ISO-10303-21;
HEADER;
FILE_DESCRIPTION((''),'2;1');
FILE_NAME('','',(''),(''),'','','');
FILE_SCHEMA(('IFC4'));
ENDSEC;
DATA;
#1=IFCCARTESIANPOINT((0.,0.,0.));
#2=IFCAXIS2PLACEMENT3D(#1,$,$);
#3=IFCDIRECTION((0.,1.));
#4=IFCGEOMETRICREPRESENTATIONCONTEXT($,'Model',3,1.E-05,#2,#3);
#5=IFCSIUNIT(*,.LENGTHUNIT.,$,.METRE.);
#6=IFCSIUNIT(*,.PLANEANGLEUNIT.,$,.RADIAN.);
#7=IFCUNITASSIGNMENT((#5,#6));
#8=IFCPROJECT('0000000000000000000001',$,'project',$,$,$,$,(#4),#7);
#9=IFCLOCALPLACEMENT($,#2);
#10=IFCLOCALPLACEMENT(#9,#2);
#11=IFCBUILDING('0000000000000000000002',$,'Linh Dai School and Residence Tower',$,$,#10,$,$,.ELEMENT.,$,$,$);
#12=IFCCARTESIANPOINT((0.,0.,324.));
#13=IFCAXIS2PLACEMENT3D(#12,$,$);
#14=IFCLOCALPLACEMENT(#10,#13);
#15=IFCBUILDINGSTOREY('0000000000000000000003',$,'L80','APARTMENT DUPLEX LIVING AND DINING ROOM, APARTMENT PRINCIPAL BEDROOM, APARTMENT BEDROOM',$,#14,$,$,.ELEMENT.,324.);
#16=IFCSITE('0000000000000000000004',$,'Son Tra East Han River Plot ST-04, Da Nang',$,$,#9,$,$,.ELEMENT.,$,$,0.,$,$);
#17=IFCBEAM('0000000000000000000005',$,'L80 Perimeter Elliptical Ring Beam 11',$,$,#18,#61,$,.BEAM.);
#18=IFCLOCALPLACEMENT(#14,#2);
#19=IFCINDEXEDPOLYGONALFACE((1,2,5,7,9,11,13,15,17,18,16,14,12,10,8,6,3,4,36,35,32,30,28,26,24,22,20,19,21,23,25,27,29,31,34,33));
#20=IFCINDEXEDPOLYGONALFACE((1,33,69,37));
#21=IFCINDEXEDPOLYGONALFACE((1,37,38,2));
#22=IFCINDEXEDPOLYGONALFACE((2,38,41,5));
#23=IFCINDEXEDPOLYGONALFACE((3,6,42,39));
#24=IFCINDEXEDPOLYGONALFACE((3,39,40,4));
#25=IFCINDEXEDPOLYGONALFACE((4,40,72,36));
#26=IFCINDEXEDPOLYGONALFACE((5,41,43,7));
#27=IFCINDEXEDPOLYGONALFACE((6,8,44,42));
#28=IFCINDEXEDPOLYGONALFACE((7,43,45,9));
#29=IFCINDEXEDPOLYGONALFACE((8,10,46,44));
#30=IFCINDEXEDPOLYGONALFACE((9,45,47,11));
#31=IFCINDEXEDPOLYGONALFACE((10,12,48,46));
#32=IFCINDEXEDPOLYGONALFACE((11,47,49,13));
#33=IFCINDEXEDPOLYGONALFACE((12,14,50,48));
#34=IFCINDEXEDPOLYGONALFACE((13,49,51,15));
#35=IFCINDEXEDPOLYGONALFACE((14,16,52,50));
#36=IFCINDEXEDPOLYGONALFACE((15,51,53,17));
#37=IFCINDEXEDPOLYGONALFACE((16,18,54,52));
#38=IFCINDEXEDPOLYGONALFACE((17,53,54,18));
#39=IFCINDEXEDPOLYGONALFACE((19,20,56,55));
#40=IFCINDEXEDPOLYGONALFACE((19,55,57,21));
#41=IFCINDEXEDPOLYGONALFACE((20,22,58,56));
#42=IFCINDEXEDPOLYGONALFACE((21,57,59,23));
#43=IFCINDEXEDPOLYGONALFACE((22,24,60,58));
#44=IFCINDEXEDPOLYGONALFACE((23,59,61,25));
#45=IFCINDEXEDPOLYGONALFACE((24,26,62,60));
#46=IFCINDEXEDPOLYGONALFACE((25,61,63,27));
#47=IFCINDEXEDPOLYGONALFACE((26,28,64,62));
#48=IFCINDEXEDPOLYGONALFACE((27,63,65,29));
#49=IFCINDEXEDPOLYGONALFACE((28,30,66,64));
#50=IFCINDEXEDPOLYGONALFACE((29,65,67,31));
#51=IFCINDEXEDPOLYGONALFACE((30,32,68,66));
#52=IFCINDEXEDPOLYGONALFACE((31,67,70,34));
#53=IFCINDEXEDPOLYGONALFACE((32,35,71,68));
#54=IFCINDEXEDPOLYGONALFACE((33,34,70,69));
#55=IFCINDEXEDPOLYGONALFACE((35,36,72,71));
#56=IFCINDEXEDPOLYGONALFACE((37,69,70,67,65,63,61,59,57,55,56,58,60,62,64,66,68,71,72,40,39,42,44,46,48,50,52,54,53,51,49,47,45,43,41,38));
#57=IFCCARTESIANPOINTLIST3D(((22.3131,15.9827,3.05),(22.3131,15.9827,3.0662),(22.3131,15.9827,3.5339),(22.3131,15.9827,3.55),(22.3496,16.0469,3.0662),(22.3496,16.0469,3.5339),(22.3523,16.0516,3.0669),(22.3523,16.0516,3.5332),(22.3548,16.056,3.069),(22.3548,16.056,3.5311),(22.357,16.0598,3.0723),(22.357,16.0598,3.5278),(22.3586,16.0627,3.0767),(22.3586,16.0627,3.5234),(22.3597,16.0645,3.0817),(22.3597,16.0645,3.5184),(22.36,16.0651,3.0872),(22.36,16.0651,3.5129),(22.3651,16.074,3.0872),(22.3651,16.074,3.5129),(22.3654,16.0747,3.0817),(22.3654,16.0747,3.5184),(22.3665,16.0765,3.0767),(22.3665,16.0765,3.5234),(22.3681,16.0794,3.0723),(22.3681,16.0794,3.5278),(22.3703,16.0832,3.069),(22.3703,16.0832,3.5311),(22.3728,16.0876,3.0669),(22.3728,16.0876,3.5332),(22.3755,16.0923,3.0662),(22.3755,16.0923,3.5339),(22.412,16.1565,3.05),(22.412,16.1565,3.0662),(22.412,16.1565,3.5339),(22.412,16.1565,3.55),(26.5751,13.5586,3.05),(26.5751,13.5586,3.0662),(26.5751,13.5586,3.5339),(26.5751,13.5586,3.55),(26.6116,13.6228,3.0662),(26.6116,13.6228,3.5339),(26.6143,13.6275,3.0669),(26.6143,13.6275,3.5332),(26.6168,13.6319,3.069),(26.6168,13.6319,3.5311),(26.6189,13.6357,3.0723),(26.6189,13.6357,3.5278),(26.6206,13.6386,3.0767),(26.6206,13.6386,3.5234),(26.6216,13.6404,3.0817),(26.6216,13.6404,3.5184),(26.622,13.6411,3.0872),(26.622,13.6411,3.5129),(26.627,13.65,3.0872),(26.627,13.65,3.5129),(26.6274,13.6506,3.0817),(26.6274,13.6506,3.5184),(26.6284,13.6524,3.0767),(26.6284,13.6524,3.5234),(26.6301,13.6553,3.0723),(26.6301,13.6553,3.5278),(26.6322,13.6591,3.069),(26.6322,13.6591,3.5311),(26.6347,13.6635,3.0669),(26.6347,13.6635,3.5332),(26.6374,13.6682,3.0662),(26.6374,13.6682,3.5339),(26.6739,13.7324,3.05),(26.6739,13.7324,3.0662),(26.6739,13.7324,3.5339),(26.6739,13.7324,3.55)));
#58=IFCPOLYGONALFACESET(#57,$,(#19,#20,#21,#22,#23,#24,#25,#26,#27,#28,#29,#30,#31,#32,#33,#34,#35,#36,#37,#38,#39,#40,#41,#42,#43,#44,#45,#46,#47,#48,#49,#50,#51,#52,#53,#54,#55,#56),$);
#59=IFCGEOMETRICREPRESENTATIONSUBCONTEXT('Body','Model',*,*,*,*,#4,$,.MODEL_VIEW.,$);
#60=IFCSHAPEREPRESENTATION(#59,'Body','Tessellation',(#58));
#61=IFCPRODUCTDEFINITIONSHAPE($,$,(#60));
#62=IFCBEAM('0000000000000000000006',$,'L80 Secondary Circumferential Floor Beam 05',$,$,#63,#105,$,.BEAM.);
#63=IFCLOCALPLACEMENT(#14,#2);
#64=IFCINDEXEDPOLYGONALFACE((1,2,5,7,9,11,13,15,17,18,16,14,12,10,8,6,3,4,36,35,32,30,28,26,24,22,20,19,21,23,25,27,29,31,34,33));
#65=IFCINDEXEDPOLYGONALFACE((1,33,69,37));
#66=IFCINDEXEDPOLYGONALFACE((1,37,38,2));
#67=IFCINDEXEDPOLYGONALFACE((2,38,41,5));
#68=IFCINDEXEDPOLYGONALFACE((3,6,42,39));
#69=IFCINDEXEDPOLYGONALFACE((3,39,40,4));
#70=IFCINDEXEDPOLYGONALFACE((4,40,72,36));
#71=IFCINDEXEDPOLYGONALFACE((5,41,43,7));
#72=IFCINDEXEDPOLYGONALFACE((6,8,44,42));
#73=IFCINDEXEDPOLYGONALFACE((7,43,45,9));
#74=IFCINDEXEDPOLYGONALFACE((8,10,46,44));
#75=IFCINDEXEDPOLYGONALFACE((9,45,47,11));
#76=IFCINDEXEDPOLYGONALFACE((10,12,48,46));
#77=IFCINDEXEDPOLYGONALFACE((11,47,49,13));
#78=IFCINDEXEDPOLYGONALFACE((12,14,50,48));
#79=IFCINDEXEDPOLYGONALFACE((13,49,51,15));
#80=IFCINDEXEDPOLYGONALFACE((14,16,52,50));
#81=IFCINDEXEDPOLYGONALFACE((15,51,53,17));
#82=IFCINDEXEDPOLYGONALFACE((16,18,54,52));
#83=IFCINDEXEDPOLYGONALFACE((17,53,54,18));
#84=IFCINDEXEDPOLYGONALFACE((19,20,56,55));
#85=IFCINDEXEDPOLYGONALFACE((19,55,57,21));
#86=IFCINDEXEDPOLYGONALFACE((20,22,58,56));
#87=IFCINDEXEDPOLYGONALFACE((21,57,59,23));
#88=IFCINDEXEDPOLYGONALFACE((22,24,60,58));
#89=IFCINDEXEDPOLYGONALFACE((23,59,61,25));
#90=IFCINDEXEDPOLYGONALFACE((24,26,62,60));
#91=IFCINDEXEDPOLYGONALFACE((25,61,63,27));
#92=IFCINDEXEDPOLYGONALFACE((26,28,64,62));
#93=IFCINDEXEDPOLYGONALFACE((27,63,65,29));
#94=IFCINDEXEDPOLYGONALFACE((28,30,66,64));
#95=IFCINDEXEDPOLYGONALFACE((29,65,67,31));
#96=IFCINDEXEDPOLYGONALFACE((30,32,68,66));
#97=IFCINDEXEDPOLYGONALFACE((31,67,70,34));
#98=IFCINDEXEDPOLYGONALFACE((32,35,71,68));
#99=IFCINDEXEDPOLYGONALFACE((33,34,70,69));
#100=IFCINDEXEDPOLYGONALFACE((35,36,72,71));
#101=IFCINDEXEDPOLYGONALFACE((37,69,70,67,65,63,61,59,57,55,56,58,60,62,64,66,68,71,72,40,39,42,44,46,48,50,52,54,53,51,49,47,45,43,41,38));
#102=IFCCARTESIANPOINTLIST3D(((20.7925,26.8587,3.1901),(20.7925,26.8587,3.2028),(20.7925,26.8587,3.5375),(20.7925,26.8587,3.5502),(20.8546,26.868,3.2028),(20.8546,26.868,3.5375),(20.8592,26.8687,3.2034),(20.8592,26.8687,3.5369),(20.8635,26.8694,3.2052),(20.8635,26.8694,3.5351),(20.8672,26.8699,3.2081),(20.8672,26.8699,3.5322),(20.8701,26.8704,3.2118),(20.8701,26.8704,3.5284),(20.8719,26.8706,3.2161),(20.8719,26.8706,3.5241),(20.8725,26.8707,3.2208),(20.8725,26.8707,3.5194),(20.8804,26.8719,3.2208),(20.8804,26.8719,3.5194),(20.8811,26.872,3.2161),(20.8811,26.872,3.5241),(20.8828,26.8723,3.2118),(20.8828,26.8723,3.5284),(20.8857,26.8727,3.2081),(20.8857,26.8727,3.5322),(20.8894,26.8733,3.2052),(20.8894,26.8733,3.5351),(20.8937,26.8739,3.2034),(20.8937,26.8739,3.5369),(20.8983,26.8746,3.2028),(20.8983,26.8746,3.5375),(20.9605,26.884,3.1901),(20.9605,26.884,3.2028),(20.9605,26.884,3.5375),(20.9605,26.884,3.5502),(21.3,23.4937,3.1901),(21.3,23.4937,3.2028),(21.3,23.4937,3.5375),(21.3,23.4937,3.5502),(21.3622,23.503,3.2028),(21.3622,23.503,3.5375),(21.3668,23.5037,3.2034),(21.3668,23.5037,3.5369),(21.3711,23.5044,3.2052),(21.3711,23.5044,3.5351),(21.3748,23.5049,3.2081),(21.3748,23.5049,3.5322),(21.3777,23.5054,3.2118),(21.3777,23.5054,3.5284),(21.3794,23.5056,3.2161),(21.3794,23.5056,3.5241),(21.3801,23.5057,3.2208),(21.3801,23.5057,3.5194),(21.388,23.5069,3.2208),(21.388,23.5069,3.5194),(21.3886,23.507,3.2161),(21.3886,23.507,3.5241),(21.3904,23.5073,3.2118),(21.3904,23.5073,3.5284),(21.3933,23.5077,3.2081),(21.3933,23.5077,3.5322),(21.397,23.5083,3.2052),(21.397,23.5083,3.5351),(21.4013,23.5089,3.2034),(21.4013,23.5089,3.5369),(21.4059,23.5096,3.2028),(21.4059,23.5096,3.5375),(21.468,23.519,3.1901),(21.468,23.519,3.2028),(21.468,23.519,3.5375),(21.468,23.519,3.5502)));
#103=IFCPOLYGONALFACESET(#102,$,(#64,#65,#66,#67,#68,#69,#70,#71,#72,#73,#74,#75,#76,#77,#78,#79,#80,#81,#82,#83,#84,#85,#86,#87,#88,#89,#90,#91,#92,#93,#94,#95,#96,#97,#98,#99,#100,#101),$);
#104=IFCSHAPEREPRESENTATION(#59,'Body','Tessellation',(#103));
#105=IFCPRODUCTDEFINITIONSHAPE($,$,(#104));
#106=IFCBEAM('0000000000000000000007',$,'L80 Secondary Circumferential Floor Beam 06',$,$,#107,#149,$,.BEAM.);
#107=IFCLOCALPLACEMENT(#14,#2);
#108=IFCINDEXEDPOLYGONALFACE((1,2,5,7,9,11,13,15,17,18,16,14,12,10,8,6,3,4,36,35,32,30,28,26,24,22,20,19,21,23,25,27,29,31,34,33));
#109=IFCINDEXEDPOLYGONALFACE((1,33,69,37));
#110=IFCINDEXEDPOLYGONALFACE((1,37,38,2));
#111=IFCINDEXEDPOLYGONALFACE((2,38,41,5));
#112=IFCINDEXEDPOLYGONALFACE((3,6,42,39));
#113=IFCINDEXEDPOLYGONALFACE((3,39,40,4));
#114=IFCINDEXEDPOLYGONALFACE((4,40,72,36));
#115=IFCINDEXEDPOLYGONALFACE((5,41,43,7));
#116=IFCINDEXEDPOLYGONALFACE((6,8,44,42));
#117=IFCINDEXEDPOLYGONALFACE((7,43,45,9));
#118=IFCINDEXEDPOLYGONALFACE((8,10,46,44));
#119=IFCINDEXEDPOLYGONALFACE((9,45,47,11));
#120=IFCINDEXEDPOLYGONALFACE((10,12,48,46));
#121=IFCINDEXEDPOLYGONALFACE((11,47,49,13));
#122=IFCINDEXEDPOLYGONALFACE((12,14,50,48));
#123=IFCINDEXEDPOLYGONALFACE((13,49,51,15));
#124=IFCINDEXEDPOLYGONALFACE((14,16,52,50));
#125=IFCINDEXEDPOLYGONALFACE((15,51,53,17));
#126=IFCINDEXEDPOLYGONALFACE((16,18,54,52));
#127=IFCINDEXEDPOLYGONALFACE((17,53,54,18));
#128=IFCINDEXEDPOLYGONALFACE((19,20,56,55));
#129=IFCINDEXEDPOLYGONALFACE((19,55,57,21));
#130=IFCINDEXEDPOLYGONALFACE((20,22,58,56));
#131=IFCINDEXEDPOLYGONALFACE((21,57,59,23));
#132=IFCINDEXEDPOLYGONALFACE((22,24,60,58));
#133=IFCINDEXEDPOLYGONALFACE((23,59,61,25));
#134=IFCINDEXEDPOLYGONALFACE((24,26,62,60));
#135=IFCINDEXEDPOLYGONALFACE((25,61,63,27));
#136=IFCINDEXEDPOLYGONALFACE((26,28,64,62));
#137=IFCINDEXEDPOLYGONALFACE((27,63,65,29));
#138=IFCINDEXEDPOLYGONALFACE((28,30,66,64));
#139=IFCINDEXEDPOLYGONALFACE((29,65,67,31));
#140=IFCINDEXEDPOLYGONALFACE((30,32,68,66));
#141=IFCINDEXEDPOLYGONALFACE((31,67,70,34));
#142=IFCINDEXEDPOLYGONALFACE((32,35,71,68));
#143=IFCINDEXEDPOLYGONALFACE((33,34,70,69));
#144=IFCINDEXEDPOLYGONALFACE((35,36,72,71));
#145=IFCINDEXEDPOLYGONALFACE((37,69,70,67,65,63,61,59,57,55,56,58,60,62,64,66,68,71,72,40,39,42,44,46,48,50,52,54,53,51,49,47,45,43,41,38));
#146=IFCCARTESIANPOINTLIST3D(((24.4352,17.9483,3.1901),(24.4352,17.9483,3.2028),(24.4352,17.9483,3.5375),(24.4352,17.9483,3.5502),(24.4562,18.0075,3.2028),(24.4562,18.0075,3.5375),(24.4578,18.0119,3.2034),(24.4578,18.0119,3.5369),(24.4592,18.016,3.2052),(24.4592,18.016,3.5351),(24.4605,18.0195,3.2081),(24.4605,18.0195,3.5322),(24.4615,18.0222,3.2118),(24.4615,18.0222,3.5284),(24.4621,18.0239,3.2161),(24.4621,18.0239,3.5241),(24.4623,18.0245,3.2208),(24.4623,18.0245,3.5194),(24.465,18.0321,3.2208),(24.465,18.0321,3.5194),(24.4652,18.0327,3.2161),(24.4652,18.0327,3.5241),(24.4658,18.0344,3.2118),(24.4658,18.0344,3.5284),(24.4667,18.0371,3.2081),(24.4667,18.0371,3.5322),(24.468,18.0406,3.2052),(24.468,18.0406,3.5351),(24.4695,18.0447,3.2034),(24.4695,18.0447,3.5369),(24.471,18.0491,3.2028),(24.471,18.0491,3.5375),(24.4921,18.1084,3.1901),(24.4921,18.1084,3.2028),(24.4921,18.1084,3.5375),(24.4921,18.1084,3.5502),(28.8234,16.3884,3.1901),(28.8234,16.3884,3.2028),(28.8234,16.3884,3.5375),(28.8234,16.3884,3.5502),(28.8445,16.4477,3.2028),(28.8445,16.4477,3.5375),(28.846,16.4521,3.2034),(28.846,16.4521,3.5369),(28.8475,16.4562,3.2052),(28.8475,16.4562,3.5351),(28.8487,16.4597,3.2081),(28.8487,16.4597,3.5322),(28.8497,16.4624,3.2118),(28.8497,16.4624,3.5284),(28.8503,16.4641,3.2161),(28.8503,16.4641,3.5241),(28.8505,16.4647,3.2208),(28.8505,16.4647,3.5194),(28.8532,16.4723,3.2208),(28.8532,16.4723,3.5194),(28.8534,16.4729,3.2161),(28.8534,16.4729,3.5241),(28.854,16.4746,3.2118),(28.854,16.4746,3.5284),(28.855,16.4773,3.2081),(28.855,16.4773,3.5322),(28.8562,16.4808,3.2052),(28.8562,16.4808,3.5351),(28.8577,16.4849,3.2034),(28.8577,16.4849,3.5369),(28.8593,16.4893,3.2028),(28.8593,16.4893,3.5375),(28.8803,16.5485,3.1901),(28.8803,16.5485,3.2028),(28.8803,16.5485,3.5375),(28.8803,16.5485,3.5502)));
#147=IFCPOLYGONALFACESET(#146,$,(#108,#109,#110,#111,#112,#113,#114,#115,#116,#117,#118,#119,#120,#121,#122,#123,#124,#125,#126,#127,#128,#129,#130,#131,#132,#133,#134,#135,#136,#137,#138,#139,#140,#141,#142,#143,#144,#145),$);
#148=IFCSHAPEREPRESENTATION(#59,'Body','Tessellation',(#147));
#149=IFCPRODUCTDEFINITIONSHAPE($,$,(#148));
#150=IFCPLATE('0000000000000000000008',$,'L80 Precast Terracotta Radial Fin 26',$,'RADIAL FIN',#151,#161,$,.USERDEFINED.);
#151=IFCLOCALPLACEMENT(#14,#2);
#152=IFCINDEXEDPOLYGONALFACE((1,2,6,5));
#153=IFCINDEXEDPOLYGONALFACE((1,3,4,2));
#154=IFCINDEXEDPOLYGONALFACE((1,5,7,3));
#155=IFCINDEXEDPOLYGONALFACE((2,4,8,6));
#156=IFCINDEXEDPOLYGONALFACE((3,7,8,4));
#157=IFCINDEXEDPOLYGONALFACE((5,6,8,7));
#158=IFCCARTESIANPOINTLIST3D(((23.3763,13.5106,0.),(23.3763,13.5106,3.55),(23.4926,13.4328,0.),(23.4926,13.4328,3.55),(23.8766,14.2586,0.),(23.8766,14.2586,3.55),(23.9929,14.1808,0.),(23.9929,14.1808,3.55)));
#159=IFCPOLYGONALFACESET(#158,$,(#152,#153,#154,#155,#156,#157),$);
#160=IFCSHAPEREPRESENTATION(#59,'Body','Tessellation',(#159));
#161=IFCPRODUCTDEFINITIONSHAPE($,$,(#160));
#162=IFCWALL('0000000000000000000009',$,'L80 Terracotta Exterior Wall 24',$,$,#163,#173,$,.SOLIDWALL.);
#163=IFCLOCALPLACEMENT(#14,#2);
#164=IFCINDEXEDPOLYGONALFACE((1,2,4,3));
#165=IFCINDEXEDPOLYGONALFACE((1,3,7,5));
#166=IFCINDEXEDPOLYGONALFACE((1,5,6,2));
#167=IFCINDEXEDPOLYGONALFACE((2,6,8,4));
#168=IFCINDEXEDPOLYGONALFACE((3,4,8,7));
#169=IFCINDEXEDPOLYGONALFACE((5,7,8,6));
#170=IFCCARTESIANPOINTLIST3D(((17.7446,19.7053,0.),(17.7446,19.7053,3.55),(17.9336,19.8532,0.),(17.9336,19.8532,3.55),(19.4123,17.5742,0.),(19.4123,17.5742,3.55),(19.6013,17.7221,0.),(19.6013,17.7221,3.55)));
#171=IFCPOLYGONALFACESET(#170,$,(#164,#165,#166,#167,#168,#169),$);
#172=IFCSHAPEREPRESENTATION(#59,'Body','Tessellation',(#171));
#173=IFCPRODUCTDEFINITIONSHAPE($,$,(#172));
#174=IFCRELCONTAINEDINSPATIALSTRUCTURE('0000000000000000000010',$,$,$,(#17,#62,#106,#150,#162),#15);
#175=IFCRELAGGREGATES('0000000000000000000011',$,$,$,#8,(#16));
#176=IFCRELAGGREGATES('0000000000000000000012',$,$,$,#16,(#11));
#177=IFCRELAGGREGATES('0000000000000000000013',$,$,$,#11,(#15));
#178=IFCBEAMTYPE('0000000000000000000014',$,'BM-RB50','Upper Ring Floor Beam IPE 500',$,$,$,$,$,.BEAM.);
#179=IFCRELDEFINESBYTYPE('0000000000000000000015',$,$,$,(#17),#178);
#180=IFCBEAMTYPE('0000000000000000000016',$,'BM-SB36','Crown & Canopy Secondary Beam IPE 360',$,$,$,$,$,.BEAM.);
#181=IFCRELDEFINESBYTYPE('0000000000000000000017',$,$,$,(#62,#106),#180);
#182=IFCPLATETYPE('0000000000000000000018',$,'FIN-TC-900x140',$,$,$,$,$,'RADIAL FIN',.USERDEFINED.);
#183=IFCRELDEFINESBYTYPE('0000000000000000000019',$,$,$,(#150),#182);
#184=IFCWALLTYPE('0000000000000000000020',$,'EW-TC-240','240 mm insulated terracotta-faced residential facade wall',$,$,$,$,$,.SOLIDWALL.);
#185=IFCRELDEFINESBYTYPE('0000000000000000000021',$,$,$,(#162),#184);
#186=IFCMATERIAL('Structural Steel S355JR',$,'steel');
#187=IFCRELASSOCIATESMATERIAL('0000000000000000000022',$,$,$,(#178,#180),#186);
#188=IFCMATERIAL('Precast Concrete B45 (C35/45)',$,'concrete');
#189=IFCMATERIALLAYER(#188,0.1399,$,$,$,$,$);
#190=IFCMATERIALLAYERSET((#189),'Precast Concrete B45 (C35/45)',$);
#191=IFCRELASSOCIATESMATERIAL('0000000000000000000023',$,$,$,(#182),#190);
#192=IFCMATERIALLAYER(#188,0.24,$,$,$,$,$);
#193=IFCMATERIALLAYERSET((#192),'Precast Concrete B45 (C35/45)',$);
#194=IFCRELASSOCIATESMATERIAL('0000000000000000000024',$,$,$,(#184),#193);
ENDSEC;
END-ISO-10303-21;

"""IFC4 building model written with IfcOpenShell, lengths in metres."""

from ifc_helpers import new_model, si_unit, direction, frame, frame_2d, origin, origin_2d, place, context, subcontext, project, spatial, rectangle, i_section, extrude, source, transform, mapped, material, layer, layer_set, material_profile, profile_set, type_object, element, save


model = new_model("IFC4")

# Units and contexts
model_context = context("Model", 3, precision=1e-05, world=origin(), true_north=direction((0.0, 1.0)))
body_context = subcontext(model_context, "Body", "Model", "MODEL_VIEW")
ifc_project = project(units=[si_unit("LENGTHUNIT", "METRE"), si_unit("PLANEANGLEUNIT", "RADIAN")], contexts=[model_context])

# Site, building, storey
site_placement = place(None, origin())
site = spatial("IfcSite", under=ifc_project, at=site_placement, Name="Son Tra East Han River Plot ST-04, Da Nang", CompositionType="ELEMENT", RefElevation=0.0)
building_placement = place(site_placement, origin())
building = spatial("IfcBuilding", under=site, at=building_placement, Name="Linh Dai School and Residence Tower", CompositionType="ELEMENT")
storey_placement = place(building_placement, frame((0.0, 0.0, 324.0)))
storey = spatial("IfcBuildingStorey", under=building, at=storey_placement, Name="L80", Description="APARTMENT DUPLEX LIVING AND DINING ROOM, APARTMENT PRINCIPAL BEDROOM, APARTMENT BEDROOM", CompositionType="ELEMENT", Elevation=324.0)

# Shared definitions
ifc_material_1 = material(Name="Structural Steel S355JR", Category="steel")

# Beams
ifc_material_profile_1 = material_profile(ifc_material_1, i_section(OverallWidth=0.2, OverallDepth=0.5, WebThickness=0.0103, FlangeThickness=0.0161, FilletRadius=0.021, at=origin_2d()), Name="IPE 500")
ifc_profile_set_1 = profile_set([ifc_material_profile_1], Name="Structural Steel S355JR")
beam_type_1 = type_object("IfcBeamType", Name="BM-RB50", Description="Upper Ring Floor Beam IPE 500", PredefinedType="BEAM", material=ifc_profile_set_1)
beam_1_placement = place(storey_placement, frame((22.3625, 16.0696, 3.3), z_axis=(0.869237, -0.494395, 0.0), x_axis=(0.494395, 0.869237, 0.0)))
element("IfcBeam", 1, at=beam_1_placement, inside=storey, type_object=beam_type_1, Name="L80 Perimeter Elliptical Ring Beam 11", PredefinedType="BEAM", context=body_context, shape_type="SweptSolid", body=[
    extrude(i_section(OverallWidth=0.2, OverallDepth=0.5, WebThickness=0.0103, FlangeThickness=0.0161, FilletRadius=0.021, at=origin_2d()), origin(), (0.0, 0.0, 1.0), 4.9031),
])
ifc_material_profile_2 = material_profile(ifc_material_1, i_section(OverallWidth=0.1699, OverallDepth=0.3601, WebThickness=0.0081, FlangeThickness=0.0127, FilletRadius=0.0181, at=origin_2d()), Name="IPE 360")
ifc_profile_set_2 = profile_set([ifc_material_profile_2], Name="Structural Steel S355JR")
beam_type_2 = type_object("IfcBeamType", Name="BM-SB36", Description="Crown & Canopy Secondary Beam IPE 360", PredefinedType="BEAM", material=ifc_profile_set_2)
beam_2_placement = place(storey_placement, frame((20.8765, 26.8713, 3.3701), z_axis=(0.149151, -0.988814, 0.0), x_axis=(0.988814, 0.149151, 0.0)))
element("IfcBeam", 2, at=beam_2_placement, inside=storey, type_object=beam_type_2, Name="L80 Secondary Circumferential Floor Beam 05", PredefinedType="BEAM", context=body_context, shape_type="SweptSolid", body=[
    extrude(i_section(OverallWidth=0.1699, OverallDepth=0.3601, WebThickness=0.0081, FlangeThickness=0.0127, FilletRadius=0.0181, at=origin_2d()), origin(), (0.0, 0.0, 1.0), 3.4031),
])
beam_3_placement = place(storey_placement, frame((24.4636, 18.0283, 3.3701), z_axis=(0.942244, -0.334928, 0.0), x_axis=(0.334928, 0.942244, 0.0)))
element("IfcBeam", 3, at=beam_3_placement, inside=storey, type_object=beam_type_2, Name="L80 Secondary Circumferential Floor Beam 06", PredefinedType="BEAM", context=body_context, shape_type="SweptSolid", body=[
    extrude(i_section(OverallWidth=0.1699, OverallDepth=0.3601, WebThickness=0.0081, FlangeThickness=0.0127, FilletRadius=0.0181, at=origin_2d()), origin(), (0.0, 0.0, 1.0), 4.6572),
])

# Plate
ifc_material_2 = material(Name="Precast Concrete B45 (C35/45)", Category="concrete")
ifc_layer_1 = layer(ifc_material_2, 0.1399)
ifc_layer_set_1 = layer_set([ifc_layer_1], Name="Precast Concrete B45 (C35/45)")
plate_type = type_object("IfcPlateType", Name="FIN-TC-900x140", ElementType="RADIAL FIN", PredefinedType="USERDEFINED", material=ifc_layer_set_1)
shared_shape_1 = source(origin(), body_context, "Body", "SweptSolid", [
    extrude(rectangle(XDim=0.8999, YDim=0.1399, at=origin_2d()), origin(), (0.0, 0.0, 1.0), 3.55),
])
plate_placement = place(storey_placement, frame((23.6846, 13.8457, 0.0), z_axis=(0.0, 0.0, 1.0), x_axis=(-0.555971, -0.831202, 0.0)))
element("IfcPlate", 4, at=plate_placement, inside=storey, type_object=plate_type, Name="L80 Precast Terracotta Radial Fin 26", ObjectType="RADIAL FIN", PredefinedType="USERDEFINED", context=body_context, shape_type="MappedRepresentation", body=[
    mapped(shared_shape_1, transform((0.0, 0.0, 0.0), x_axis=(1.0, 0.0, 0.0), y_axis=(0.0, 1.0, 0.0), z_axis=(0.0, 0.0, 1.0), scale=1.0)),
])

# Wall
ifc_layer_2 = layer(ifc_material_2, 0.24)
ifc_layer_set_2 = layer_set([ifc_layer_2], Name="Precast Concrete B45 (C35/45)")
wall_type_1 = type_object("IfcWallType", Name="EW-TC-240", Description="240 mm insulated terracotta-faced residential facade wall", PredefinedType="SOLIDWALL", material=ifc_layer_set_2)
wall_1_placement = place(storey_placement, frame((19.5068, 17.6482, 0.0), z_axis=(0.0, 0.0, 1.0), x_axis=(-0.616286, 0.787522, 0.0)))
element("IfcWall", 5, at=wall_1_placement, inside=storey, type_object=wall_type_1, Name="L80 Terracotta Exterior Wall 24", PredefinedType="SOLIDWALL", context=body_context, shape_type="SweptSolid", body=[
    extrude(rectangle(XDim=2.7061, YDim=0.24, at=frame_2d((1.353, 0.0))), origin(), (0.0, 0.0, 1.0), 3.55),
])

save(model, "model.ifc")
